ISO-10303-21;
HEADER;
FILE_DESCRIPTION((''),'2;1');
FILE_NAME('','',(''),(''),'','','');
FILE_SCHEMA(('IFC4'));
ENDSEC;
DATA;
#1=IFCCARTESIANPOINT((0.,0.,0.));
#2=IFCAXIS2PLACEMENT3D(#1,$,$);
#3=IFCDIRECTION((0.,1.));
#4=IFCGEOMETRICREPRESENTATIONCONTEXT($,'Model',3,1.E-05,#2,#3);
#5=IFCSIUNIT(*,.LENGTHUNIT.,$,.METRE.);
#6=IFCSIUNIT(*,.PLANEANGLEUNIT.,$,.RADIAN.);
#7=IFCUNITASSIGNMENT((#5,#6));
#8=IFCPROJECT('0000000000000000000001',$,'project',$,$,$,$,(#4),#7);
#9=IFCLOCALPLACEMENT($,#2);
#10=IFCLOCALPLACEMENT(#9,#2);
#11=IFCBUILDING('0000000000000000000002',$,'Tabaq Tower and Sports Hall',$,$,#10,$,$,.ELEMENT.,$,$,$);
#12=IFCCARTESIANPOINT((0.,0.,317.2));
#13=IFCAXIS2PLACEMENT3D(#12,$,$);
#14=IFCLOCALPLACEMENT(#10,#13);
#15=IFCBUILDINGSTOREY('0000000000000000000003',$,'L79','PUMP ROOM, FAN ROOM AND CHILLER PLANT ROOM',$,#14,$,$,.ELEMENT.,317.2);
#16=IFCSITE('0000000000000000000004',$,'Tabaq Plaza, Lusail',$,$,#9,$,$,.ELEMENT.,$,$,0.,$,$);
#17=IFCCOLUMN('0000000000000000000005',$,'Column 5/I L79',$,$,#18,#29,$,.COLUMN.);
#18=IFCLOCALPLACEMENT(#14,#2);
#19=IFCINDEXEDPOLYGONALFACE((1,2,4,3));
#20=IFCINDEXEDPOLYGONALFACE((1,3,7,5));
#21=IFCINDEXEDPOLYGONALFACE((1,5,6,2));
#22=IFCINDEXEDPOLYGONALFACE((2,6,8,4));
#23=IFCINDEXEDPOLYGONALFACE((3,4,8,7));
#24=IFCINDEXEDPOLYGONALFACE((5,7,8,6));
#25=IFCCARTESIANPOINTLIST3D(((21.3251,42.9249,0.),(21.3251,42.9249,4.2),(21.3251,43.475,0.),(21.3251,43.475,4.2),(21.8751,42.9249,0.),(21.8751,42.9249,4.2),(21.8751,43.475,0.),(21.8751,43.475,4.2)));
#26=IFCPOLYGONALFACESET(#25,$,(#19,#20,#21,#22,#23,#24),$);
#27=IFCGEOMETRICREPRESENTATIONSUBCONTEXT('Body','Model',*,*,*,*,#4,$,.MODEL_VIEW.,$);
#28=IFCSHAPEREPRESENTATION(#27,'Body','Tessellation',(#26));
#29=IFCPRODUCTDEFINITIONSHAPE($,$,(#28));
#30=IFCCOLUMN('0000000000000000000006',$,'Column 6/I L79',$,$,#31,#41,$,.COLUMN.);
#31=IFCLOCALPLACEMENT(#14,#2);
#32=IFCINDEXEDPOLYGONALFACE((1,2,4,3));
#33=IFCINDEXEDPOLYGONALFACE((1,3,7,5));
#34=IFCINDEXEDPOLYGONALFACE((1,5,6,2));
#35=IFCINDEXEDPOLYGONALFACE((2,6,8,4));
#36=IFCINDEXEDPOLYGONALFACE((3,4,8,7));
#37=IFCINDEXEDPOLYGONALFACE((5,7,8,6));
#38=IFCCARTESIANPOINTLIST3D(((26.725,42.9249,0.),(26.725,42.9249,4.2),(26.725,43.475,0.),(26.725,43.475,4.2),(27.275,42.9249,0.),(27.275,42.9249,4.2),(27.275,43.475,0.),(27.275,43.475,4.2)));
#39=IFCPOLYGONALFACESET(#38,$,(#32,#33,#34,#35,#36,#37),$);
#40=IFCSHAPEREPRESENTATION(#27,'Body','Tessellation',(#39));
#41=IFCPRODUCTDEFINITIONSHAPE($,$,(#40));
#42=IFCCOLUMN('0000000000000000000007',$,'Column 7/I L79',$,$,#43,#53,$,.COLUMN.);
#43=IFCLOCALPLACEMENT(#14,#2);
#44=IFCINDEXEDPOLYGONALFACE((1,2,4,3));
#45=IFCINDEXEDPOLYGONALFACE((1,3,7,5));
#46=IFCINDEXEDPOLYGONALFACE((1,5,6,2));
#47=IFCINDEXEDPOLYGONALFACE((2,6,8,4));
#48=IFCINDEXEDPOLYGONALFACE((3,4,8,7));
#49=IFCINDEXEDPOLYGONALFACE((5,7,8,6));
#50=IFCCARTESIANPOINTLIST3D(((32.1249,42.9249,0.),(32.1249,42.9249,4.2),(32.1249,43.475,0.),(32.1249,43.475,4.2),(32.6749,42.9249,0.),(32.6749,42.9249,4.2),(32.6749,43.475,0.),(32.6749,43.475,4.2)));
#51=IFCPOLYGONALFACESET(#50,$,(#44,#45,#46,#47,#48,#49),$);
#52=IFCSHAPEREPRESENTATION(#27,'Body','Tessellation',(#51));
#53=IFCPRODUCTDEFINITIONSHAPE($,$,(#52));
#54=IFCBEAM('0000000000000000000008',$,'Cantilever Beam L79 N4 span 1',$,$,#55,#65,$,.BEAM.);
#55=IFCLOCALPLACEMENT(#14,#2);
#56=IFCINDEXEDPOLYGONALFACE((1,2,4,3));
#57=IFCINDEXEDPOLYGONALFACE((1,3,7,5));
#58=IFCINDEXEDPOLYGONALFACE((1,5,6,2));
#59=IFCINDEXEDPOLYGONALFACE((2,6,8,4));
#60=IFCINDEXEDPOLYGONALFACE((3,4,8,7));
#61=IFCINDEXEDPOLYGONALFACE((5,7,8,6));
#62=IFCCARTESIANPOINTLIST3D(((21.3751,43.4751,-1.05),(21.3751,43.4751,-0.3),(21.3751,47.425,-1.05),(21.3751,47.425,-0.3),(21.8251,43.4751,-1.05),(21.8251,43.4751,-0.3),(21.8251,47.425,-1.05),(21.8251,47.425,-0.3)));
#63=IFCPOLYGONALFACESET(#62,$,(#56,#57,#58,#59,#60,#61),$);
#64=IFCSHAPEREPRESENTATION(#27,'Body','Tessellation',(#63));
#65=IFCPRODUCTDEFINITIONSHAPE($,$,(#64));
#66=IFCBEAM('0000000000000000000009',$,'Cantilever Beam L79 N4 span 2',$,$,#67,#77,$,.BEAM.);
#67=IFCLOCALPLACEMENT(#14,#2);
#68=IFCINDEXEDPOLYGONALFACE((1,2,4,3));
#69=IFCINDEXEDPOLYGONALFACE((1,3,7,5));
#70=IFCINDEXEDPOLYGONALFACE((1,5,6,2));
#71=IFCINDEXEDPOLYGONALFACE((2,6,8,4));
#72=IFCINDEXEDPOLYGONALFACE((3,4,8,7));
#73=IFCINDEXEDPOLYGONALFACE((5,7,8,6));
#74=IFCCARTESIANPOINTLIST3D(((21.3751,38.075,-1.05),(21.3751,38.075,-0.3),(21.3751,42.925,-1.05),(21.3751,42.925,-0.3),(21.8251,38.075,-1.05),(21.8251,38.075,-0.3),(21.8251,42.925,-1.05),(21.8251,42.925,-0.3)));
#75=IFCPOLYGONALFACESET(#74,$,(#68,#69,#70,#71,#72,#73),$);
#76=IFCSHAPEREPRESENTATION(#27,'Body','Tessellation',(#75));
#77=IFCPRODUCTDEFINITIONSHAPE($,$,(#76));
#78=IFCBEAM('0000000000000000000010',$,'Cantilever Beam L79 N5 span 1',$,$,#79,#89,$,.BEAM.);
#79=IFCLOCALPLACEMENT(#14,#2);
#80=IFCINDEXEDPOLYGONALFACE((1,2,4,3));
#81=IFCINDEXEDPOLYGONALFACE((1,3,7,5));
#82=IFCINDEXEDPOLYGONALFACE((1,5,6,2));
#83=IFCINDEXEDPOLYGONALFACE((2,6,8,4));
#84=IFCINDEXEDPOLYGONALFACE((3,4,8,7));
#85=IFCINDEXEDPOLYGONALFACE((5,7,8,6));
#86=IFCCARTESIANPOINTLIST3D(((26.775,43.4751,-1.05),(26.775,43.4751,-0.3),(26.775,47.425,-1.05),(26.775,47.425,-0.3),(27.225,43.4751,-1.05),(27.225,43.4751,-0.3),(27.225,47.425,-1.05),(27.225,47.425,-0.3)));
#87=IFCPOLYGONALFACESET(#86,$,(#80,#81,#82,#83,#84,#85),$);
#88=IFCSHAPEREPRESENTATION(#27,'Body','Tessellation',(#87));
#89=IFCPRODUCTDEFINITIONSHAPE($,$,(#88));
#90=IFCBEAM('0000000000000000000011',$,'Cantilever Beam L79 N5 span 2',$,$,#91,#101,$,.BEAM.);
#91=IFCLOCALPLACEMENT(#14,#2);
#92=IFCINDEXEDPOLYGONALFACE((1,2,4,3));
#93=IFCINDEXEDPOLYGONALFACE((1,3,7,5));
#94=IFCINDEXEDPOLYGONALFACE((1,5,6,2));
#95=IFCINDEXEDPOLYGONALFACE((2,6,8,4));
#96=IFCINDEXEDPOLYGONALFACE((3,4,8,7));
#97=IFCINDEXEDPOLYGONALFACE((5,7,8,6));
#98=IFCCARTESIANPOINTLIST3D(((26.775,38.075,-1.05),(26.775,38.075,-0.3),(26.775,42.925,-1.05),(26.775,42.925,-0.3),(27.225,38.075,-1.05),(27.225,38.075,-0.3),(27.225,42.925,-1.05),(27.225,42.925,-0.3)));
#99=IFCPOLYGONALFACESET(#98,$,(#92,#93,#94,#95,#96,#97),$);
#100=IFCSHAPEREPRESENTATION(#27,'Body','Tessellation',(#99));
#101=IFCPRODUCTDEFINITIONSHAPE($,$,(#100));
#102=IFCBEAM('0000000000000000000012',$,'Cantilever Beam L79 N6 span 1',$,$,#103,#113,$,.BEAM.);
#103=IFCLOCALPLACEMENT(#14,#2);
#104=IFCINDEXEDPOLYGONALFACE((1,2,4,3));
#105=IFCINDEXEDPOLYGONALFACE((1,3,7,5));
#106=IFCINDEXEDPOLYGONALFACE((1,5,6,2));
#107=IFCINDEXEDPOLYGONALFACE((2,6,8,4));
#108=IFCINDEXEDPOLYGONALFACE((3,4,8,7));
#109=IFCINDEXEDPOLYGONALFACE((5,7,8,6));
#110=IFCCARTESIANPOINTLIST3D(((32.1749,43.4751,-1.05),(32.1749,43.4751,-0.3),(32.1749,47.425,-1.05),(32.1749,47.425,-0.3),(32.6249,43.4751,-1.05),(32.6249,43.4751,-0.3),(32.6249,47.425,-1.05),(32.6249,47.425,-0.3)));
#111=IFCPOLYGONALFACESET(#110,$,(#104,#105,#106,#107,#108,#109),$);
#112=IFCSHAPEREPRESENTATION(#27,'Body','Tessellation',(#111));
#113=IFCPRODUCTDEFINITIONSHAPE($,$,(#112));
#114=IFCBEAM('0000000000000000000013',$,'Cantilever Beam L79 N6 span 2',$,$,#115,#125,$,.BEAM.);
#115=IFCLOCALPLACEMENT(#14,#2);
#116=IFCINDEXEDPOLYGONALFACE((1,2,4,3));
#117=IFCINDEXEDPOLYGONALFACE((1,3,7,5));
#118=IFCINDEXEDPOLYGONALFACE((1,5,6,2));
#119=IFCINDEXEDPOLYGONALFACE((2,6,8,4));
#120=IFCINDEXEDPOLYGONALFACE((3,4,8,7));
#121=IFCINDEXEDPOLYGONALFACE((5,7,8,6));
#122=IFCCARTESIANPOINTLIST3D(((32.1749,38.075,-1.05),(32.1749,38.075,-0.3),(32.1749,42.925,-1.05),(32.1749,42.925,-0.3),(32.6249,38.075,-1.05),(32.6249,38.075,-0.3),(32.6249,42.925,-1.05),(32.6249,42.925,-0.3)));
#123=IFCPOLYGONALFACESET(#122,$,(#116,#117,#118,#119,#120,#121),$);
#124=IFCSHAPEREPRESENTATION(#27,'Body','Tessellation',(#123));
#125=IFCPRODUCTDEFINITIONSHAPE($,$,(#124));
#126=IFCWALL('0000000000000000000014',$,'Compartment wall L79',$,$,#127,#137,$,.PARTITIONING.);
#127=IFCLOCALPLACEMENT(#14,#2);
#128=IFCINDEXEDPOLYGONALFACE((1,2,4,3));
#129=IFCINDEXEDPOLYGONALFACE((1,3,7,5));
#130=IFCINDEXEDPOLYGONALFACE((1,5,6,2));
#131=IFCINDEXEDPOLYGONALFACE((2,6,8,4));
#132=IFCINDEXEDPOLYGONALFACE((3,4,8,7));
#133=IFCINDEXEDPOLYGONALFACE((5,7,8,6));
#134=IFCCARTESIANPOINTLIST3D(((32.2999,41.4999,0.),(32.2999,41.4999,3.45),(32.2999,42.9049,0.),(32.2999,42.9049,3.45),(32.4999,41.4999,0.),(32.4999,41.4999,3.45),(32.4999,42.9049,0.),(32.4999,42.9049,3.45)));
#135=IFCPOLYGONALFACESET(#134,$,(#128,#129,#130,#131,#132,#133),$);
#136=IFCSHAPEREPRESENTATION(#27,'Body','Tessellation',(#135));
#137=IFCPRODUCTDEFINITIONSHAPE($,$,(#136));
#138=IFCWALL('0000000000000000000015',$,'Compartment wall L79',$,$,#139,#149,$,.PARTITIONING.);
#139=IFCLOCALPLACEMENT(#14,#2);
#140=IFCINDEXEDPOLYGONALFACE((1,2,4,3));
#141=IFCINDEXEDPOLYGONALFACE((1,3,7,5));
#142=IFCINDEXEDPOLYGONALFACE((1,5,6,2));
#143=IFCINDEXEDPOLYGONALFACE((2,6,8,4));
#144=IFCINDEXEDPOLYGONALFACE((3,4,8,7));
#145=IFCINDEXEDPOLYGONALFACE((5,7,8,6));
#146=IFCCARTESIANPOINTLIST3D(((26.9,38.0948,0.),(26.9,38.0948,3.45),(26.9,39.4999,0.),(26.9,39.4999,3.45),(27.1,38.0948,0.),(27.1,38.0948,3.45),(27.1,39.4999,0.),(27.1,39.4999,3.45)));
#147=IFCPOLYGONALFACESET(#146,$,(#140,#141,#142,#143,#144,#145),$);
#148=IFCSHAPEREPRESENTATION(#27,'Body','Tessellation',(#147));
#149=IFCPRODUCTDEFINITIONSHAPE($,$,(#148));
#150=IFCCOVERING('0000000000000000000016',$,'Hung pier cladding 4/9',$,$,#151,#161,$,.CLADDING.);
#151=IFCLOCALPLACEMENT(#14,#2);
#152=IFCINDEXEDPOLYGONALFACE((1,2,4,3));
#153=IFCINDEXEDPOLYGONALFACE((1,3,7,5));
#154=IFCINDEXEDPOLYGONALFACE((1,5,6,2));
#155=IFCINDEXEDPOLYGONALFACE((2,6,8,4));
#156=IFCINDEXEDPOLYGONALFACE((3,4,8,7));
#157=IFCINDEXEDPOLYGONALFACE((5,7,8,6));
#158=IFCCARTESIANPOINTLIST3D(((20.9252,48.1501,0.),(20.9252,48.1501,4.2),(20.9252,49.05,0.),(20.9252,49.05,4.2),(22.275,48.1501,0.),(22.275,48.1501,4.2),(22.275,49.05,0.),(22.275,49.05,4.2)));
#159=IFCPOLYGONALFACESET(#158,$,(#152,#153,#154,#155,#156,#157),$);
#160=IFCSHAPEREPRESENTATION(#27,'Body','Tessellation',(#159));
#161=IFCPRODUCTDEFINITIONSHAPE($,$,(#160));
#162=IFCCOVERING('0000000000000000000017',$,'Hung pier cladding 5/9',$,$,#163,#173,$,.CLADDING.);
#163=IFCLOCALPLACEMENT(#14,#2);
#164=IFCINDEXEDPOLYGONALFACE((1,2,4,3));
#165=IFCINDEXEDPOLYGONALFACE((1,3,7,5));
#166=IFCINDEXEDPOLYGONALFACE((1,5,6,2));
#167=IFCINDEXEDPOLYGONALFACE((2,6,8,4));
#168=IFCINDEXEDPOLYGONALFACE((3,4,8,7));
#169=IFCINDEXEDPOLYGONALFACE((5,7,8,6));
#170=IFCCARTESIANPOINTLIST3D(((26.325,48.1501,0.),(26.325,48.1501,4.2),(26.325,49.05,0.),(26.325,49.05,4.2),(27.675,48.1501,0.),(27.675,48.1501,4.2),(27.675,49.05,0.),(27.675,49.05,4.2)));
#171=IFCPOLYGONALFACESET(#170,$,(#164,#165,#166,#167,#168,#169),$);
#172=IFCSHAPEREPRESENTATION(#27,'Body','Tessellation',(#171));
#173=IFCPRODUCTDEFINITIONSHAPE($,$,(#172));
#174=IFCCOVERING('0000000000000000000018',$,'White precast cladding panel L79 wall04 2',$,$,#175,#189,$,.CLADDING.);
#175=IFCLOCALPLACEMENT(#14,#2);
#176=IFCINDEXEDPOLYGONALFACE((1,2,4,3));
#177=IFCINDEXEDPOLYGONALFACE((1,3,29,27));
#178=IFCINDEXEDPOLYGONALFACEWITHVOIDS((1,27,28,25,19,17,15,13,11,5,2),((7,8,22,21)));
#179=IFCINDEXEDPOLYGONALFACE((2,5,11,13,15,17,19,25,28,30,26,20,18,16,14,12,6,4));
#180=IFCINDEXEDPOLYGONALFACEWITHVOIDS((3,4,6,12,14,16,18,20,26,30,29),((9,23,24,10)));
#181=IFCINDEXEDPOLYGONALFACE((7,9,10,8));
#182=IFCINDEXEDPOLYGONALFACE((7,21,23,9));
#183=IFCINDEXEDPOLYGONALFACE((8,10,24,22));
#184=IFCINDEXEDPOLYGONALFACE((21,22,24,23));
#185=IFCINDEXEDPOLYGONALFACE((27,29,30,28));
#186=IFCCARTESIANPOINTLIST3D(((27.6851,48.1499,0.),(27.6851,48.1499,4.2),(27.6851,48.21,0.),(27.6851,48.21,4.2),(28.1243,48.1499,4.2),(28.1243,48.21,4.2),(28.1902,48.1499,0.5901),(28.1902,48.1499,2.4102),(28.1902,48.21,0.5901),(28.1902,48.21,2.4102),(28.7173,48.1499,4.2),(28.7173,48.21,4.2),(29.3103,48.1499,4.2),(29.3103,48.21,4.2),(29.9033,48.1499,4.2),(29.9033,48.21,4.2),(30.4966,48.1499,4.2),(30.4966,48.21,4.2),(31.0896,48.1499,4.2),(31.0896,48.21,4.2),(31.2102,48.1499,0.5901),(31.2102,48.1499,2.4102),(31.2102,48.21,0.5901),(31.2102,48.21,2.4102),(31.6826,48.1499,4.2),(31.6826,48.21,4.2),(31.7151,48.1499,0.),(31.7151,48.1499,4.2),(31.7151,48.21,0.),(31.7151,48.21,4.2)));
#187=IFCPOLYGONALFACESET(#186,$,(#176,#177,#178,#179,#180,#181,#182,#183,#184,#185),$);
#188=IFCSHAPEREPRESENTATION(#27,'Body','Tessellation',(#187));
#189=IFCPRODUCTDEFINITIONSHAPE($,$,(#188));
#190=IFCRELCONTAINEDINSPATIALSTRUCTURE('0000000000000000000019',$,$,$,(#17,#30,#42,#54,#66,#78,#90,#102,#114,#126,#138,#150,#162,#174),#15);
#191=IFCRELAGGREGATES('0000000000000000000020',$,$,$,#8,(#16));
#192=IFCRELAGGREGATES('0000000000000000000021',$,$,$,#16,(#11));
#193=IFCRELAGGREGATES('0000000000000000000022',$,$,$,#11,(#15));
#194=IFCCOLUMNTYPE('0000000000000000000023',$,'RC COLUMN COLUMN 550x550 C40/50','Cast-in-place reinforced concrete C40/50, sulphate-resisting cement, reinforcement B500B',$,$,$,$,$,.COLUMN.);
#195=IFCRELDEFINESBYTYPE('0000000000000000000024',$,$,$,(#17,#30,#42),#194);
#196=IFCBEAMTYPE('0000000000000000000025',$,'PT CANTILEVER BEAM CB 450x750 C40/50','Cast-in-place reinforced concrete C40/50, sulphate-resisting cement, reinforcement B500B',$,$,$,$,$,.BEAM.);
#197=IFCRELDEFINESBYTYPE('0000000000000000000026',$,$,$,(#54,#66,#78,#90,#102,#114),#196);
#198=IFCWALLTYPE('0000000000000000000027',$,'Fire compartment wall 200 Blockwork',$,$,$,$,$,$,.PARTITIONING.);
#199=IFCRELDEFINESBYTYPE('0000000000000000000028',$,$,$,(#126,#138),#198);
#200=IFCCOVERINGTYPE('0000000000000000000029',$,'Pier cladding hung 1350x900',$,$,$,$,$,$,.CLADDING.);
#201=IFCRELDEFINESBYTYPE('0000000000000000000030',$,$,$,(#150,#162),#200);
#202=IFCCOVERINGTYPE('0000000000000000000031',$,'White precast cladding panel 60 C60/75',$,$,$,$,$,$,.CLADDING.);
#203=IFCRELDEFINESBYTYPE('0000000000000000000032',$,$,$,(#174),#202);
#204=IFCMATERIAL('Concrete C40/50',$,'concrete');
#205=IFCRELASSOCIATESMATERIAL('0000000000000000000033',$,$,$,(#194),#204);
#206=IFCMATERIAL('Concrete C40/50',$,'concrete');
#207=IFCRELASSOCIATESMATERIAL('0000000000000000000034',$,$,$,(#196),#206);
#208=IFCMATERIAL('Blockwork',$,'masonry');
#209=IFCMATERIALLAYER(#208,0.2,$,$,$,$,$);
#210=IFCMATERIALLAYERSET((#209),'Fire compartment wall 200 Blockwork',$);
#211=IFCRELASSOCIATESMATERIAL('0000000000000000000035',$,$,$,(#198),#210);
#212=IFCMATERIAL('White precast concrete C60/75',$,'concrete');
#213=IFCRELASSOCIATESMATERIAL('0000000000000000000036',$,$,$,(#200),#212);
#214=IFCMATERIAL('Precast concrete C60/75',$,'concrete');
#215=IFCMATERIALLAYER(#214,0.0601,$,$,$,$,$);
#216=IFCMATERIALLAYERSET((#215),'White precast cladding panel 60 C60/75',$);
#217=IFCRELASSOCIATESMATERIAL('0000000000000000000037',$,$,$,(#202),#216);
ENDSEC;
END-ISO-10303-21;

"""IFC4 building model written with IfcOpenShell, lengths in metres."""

from ifc_helpers import new_model, si_unit, direction, frame, frame_2d, origin, origin_2d, place, context, subcontext, project, spatial, polyline, rectangle, outline, extrude, material, layer, layer_set, material_profile, profile_set, type_object, element, save


model = new_model("IFC4")

# Units and contexts
model_context = context("Model", 3, precision=1e-05, world=origin(), true_north=direction((0.0, 1.0)))
body_context = subcontext(model_context, "Body", "Model", "MODEL_VIEW")
ifc_project = project(units=[si_unit("LENGTHUNIT", "METRE"), si_unit("PLANEANGLEUNIT", "RADIAN")], contexts=[model_context])

# Site, building, storey
site_placement = place(None, origin())
site = spatial("IfcSite", under=ifc_project, at=site_placement, Name="Tabaq Plaza, Lusail", CompositionType="ELEMENT", RefElevation=0.0)
building_placement = place(site_placement, origin())
building = spatial("IfcBuilding", under=site, at=building_placement, Name="Tabaq Tower and Sports Hall", CompositionType="ELEMENT")
storey_placement = place(building_placement, frame((0.0, 0.0, 317.2)))
storey = spatial("IfcBuildingStorey", under=building, at=storey_placement, Name="L79", Description="PUMP ROOM, FAN ROOM AND CHILLER PLANT ROOM", CompositionType="ELEMENT", Elevation=317.2)

# Columns
ifc_material_1 = material(Name="Concrete C40/50", Category="concrete")
ifc_material_profile_1 = material_profile(ifc_material_1, rectangle(XDim=0.55, YDim=0.55, at=origin_2d()), Name="COLUMN 550x550")
ifc_profile_set_1 = profile_set([ifc_material_profile_1], Name="Concrete C40/50")
column_type = type_object("IfcColumnType", Name="RC COLUMN COLUMN 550x550 C40/50", Description="Cast-in-place reinforced concrete C40/50, sulphate-resisting cement, reinforcement B500B", PredefinedType="COLUMN", material=ifc_profile_set_1)
for number, where, z_axis, x_axis, name in (
    (1, (21.6001, 43.2, 0.0), (0.0, 0.0, 1.0), (1.0, 0.0, 0.0), "Column 5/I L79"),
    (2, (27.0, 43.2, 0.0), (0.0, 0.0, 1.0), (1.0, 0.0, 0.0), "Column 6/I L79"),
    (3, (32.3999, 43.2, 0.0), (0.0, 0.0, 1.0), (1.0, 0.0, 0.0), "Column 7/I L79"),
):
    element("IfcColumn", number, at=place(storey_placement, frame(where, z_axis=z_axis, x_axis=x_axis)), inside=storey, type_object=column_type, Name=name, PredefinedType="COLUMN", context=body_context, shape_type="SweptSolid", body=[
        extrude(rectangle(XDim=0.55, YDim=0.55, at=origin_2d()), origin(), (0.0, 0.0, 1.0), 4.2),
    ])

# Beams
ifc_material_2 = material(Name="Concrete C40/50", Category="concrete")
ifc_material_profile_2 = material_profile(ifc_material_2, rectangle(XDim=0.45, YDim=0.75, at=origin_2d()), Name="CB 450x750")
ifc_profile_set_2 = profile_set([ifc_material_profile_2], Name="Concrete C40/50")
beam_type = type_object("IfcBeamType", Name="PT CANTILEVER BEAM CB 450x750 C40/50", Description="Cast-in-place reinforced concrete C40/50, sulphate-resisting cement, reinforcement B500B", PredefinedType="BEAM", material=ifc_profile_set_2)
beam_1_placement = place(storey_placement, frame((21.6001, 47.425, -0.675), z_axis=(0.0, -1.0, 0.0), x_axis=(1.0, 0.0, 0.0)))
element("IfcBeam", 4, at=beam_1_placement, inside=storey, type_object=beam_type, Name="Cantilever Beam L79 N4 span 1", PredefinedType="BEAM", context=body_context, shape_type="SweptSolid", body=[
    extrude(rectangle(XDim=0.45, YDim=0.75, at=origin_2d()), origin(), (0.0, 0.0, 1.0), 3.95),
])
beam_2_placement = place(storey_placement, frame((21.6001, 42.925, -0.675), z_axis=(0.0, -1.0, 0.0), x_axis=(1.0, 0.0, 0.0)))
element("IfcBeam", 5, at=beam_2_placement, inside=storey, type_object=beam_type, Name="Cantilever Beam L79 N4 span 2", PredefinedType="BEAM", context=body_context, shape_type="SweptSolid", body=[
    extrude(rectangle(XDim=0.45, YDim=0.75, at=origin_2d()), origin(), (0.0, 0.0, 1.0), 4.8501),
])
beam_3_placement = place(storey_placement, frame((27.0, 47.425, -0.675), z_axis=(0.0, -1.0, 0.0), x_axis=(1.0, 0.0, 0.0)))
element("IfcBeam", 6, at=beam_3_placement, inside=storey, type_object=beam_type, Name="Cantilever Beam L79 N5 span 1", PredefinedType="BEAM", context=body_context, shape_type="SweptSolid", body=[
    extrude(rectangle(XDim=0.45, YDim=0.75, at=origin_2d()), origin(), (0.0, 0.0, 1.0), 3.95),
])
beam_4_placement = place(storey_placement, frame((27.0, 42.925, -0.675), z_axis=(0.0, -1.0, 0.0), x_axis=(1.0, 0.0, 0.0)))
element("IfcBeam", 7, at=beam_4_placement, inside=storey, type_object=beam_type, Name="Cantilever Beam L79 N5 span 2", PredefinedType="BEAM", context=body_context, shape_type="SweptSolid", body=[
    extrude(rectangle(XDim=0.45, YDim=0.75, at=origin_2d()), origin(), (0.0, 0.0, 1.0), 4.8501),
])
beam_5_placement = place(storey_placement, frame((32.3999, 47.425, -0.675), z_axis=(0.0, -1.0, 0.0), x_axis=(1.0, 0.0, 0.0)))
element("IfcBeam", 8, at=beam_5_placement, inside=storey, type_object=beam_type, Name="Cantilever Beam L79 N6 span 1", PredefinedType="BEAM", context=body_context, shape_type="SweptSolid", body=[
    extrude(rectangle(XDim=0.45, YDim=0.75, at=origin_2d()), origin(), (0.0, 0.0, 1.0), 3.95),
])
beam_6_placement = place(storey_placement, frame((32.3999, 42.925, -0.675), z_axis=(0.0, -1.0, 0.0), x_axis=(1.0, 0.0, 0.0)))
element("IfcBeam", 9, at=beam_6_placement, inside=storey, type_object=beam_type, Name="Cantilever Beam L79 N6 span 2", PredefinedType="BEAM", context=body_context, shape_type="SweptSolid", body=[
    extrude(rectangle(XDim=0.45, YDim=0.75, at=origin_2d()), origin(), (0.0, 0.0, 1.0), 4.8501),
])

# Walls
ifc_material_3 = material(Name="Blockwork", Category="masonry")
ifc_layer_1 = layer(ifc_material_3, 0.2)
ifc_layer_set_1 = layer_set([ifc_layer_1], Name="Fire compartment wall 200 Blockwork")
wall_type = type_object("IfcWallType", Name="Fire compartment wall 200 Blockwork", PredefinedType="PARTITIONING", material=ifc_layer_set_1)
for number, where, z_axis, x_axis, name in (
    (10, (32.3999, 42.905, 0.0), (0.0, 0.0, 1.0), (0.0, -1.0, 0.0), "Compartment wall L79"),
    (11, (27.0, 39.5, 0.0), (0.0, 0.0, 1.0), (0.0, -1.0, 0.0), "Compartment wall L79"),
):
    element("IfcWall", number, at=place(storey_placement, frame(where, z_axis=z_axis, x_axis=x_axis)), inside=storey, type_object=wall_type, Name=name, PredefinedType="PARTITIONING", context=body_context, shape_type="SweptSolid", body=[
        extrude(rectangle(XDim=1.405, YDim=0.2, at=frame_2d((0.7026, 0.0))), origin(), (0.0, 0.0, 1.0), 3.45),
    ])

# Coverings
ifc_material_4 = material(Name="White precast concrete C60/75", Category="concrete")
covering_type_1 = type_object("IfcCoveringType", Name="Pier cladding hung 1350x900", PredefinedType="CLADDING", material=ifc_material_4)
covering_1_placement = place(storey_placement, frame((22.2749, 48.6001, 0.0), z_axis=(0.0, 0.0, 1.0), x_axis=(-1.0, 0.0, 0.0)))
element("IfcCovering", 12, at=covering_1_placement, inside=storey, type_object=covering_type_1, Name="Hung pier cladding 4/9", PredefinedType="CLADDING", context=body_context, shape_type="SweptSolid", body=[
    extrude(rectangle(XDim=1.3499, YDim=0.8999, at=frame_2d((0.6748, 0.0))), origin(), (0.0, 0.0, 1.0), 4.2),
])
covering_2_placement = place(storey_placement, frame((27.675, 48.6001, 0.0), z_axis=(0.0, 0.0, 1.0), x_axis=(-1.0, 0.0, 0.0)))
element("IfcCovering", 13, at=covering_2_placement, inside=storey, type_object=covering_type_1, Name="Hung pier cladding 5/9", PredefinedType="CLADDING", context=body_context, shape_type="SweptSolid", body=[
    extrude(rectangle(XDim=1.3501, YDim=0.8999, at=frame_2d((0.675, 0.0))), origin(), (0.0, 0.0, 1.0), 4.2),
])
ifc_material_5 = material(Name="Precast concrete C60/75", Category="concrete")
ifc_layer_2 = layer(ifc_material_5, 0.0601)
ifc_layer_set_2 = layer_set([ifc_layer_2], Name="White precast cladding panel 60 C60/75")
covering_type_2 = type_object("IfcCoveringType", Name="White precast cladding panel 60 C60/75", PredefinedType="CLADDING", material=ifc_layer_set_2)
covering_3_placement = place(storey_placement, frame((31.7151, 48.1799, 0.0), z_axis=(0.0, 0.0, 1.0), x_axis=(-1.0, 0.0, 0.0)))
element("IfcCovering", 14, at=covering_3_placement, inside=storey, type_object=covering_type_2, Name="White precast cladding panel L79 wall04 2", PredefinedType="CLADDING", context=body_context, shape_type="SweptSolid", body=[
    extrude(outline(polyline([(0.0, 0.0), (4.03, 0.0), (4.03, 4.2), (3.5908, 4.2), (2.9978, 4.2), (2.4048, 4.2), (1.8118, 4.2), (1.2185, 4.2), (0.6255, 4.2), (0.0325, 4.2), (0.0, 4.2), (0.0, 0.0)]), holes=[polyline([(0.5049, 0.5901), (0.5049, 2.4102), (3.5249, 2.4102), (3.5249, 0.5901), (0.5049, 0.5901)])]), frame((0.0, 0.03, 0.0), z_axis=(0.0, -1.0, 0.0), x_axis=(1.0, 0.0, 0.0)), (0.0, 0.0, 1.0), 0.0601),
])

save(model, "model.ifc")
